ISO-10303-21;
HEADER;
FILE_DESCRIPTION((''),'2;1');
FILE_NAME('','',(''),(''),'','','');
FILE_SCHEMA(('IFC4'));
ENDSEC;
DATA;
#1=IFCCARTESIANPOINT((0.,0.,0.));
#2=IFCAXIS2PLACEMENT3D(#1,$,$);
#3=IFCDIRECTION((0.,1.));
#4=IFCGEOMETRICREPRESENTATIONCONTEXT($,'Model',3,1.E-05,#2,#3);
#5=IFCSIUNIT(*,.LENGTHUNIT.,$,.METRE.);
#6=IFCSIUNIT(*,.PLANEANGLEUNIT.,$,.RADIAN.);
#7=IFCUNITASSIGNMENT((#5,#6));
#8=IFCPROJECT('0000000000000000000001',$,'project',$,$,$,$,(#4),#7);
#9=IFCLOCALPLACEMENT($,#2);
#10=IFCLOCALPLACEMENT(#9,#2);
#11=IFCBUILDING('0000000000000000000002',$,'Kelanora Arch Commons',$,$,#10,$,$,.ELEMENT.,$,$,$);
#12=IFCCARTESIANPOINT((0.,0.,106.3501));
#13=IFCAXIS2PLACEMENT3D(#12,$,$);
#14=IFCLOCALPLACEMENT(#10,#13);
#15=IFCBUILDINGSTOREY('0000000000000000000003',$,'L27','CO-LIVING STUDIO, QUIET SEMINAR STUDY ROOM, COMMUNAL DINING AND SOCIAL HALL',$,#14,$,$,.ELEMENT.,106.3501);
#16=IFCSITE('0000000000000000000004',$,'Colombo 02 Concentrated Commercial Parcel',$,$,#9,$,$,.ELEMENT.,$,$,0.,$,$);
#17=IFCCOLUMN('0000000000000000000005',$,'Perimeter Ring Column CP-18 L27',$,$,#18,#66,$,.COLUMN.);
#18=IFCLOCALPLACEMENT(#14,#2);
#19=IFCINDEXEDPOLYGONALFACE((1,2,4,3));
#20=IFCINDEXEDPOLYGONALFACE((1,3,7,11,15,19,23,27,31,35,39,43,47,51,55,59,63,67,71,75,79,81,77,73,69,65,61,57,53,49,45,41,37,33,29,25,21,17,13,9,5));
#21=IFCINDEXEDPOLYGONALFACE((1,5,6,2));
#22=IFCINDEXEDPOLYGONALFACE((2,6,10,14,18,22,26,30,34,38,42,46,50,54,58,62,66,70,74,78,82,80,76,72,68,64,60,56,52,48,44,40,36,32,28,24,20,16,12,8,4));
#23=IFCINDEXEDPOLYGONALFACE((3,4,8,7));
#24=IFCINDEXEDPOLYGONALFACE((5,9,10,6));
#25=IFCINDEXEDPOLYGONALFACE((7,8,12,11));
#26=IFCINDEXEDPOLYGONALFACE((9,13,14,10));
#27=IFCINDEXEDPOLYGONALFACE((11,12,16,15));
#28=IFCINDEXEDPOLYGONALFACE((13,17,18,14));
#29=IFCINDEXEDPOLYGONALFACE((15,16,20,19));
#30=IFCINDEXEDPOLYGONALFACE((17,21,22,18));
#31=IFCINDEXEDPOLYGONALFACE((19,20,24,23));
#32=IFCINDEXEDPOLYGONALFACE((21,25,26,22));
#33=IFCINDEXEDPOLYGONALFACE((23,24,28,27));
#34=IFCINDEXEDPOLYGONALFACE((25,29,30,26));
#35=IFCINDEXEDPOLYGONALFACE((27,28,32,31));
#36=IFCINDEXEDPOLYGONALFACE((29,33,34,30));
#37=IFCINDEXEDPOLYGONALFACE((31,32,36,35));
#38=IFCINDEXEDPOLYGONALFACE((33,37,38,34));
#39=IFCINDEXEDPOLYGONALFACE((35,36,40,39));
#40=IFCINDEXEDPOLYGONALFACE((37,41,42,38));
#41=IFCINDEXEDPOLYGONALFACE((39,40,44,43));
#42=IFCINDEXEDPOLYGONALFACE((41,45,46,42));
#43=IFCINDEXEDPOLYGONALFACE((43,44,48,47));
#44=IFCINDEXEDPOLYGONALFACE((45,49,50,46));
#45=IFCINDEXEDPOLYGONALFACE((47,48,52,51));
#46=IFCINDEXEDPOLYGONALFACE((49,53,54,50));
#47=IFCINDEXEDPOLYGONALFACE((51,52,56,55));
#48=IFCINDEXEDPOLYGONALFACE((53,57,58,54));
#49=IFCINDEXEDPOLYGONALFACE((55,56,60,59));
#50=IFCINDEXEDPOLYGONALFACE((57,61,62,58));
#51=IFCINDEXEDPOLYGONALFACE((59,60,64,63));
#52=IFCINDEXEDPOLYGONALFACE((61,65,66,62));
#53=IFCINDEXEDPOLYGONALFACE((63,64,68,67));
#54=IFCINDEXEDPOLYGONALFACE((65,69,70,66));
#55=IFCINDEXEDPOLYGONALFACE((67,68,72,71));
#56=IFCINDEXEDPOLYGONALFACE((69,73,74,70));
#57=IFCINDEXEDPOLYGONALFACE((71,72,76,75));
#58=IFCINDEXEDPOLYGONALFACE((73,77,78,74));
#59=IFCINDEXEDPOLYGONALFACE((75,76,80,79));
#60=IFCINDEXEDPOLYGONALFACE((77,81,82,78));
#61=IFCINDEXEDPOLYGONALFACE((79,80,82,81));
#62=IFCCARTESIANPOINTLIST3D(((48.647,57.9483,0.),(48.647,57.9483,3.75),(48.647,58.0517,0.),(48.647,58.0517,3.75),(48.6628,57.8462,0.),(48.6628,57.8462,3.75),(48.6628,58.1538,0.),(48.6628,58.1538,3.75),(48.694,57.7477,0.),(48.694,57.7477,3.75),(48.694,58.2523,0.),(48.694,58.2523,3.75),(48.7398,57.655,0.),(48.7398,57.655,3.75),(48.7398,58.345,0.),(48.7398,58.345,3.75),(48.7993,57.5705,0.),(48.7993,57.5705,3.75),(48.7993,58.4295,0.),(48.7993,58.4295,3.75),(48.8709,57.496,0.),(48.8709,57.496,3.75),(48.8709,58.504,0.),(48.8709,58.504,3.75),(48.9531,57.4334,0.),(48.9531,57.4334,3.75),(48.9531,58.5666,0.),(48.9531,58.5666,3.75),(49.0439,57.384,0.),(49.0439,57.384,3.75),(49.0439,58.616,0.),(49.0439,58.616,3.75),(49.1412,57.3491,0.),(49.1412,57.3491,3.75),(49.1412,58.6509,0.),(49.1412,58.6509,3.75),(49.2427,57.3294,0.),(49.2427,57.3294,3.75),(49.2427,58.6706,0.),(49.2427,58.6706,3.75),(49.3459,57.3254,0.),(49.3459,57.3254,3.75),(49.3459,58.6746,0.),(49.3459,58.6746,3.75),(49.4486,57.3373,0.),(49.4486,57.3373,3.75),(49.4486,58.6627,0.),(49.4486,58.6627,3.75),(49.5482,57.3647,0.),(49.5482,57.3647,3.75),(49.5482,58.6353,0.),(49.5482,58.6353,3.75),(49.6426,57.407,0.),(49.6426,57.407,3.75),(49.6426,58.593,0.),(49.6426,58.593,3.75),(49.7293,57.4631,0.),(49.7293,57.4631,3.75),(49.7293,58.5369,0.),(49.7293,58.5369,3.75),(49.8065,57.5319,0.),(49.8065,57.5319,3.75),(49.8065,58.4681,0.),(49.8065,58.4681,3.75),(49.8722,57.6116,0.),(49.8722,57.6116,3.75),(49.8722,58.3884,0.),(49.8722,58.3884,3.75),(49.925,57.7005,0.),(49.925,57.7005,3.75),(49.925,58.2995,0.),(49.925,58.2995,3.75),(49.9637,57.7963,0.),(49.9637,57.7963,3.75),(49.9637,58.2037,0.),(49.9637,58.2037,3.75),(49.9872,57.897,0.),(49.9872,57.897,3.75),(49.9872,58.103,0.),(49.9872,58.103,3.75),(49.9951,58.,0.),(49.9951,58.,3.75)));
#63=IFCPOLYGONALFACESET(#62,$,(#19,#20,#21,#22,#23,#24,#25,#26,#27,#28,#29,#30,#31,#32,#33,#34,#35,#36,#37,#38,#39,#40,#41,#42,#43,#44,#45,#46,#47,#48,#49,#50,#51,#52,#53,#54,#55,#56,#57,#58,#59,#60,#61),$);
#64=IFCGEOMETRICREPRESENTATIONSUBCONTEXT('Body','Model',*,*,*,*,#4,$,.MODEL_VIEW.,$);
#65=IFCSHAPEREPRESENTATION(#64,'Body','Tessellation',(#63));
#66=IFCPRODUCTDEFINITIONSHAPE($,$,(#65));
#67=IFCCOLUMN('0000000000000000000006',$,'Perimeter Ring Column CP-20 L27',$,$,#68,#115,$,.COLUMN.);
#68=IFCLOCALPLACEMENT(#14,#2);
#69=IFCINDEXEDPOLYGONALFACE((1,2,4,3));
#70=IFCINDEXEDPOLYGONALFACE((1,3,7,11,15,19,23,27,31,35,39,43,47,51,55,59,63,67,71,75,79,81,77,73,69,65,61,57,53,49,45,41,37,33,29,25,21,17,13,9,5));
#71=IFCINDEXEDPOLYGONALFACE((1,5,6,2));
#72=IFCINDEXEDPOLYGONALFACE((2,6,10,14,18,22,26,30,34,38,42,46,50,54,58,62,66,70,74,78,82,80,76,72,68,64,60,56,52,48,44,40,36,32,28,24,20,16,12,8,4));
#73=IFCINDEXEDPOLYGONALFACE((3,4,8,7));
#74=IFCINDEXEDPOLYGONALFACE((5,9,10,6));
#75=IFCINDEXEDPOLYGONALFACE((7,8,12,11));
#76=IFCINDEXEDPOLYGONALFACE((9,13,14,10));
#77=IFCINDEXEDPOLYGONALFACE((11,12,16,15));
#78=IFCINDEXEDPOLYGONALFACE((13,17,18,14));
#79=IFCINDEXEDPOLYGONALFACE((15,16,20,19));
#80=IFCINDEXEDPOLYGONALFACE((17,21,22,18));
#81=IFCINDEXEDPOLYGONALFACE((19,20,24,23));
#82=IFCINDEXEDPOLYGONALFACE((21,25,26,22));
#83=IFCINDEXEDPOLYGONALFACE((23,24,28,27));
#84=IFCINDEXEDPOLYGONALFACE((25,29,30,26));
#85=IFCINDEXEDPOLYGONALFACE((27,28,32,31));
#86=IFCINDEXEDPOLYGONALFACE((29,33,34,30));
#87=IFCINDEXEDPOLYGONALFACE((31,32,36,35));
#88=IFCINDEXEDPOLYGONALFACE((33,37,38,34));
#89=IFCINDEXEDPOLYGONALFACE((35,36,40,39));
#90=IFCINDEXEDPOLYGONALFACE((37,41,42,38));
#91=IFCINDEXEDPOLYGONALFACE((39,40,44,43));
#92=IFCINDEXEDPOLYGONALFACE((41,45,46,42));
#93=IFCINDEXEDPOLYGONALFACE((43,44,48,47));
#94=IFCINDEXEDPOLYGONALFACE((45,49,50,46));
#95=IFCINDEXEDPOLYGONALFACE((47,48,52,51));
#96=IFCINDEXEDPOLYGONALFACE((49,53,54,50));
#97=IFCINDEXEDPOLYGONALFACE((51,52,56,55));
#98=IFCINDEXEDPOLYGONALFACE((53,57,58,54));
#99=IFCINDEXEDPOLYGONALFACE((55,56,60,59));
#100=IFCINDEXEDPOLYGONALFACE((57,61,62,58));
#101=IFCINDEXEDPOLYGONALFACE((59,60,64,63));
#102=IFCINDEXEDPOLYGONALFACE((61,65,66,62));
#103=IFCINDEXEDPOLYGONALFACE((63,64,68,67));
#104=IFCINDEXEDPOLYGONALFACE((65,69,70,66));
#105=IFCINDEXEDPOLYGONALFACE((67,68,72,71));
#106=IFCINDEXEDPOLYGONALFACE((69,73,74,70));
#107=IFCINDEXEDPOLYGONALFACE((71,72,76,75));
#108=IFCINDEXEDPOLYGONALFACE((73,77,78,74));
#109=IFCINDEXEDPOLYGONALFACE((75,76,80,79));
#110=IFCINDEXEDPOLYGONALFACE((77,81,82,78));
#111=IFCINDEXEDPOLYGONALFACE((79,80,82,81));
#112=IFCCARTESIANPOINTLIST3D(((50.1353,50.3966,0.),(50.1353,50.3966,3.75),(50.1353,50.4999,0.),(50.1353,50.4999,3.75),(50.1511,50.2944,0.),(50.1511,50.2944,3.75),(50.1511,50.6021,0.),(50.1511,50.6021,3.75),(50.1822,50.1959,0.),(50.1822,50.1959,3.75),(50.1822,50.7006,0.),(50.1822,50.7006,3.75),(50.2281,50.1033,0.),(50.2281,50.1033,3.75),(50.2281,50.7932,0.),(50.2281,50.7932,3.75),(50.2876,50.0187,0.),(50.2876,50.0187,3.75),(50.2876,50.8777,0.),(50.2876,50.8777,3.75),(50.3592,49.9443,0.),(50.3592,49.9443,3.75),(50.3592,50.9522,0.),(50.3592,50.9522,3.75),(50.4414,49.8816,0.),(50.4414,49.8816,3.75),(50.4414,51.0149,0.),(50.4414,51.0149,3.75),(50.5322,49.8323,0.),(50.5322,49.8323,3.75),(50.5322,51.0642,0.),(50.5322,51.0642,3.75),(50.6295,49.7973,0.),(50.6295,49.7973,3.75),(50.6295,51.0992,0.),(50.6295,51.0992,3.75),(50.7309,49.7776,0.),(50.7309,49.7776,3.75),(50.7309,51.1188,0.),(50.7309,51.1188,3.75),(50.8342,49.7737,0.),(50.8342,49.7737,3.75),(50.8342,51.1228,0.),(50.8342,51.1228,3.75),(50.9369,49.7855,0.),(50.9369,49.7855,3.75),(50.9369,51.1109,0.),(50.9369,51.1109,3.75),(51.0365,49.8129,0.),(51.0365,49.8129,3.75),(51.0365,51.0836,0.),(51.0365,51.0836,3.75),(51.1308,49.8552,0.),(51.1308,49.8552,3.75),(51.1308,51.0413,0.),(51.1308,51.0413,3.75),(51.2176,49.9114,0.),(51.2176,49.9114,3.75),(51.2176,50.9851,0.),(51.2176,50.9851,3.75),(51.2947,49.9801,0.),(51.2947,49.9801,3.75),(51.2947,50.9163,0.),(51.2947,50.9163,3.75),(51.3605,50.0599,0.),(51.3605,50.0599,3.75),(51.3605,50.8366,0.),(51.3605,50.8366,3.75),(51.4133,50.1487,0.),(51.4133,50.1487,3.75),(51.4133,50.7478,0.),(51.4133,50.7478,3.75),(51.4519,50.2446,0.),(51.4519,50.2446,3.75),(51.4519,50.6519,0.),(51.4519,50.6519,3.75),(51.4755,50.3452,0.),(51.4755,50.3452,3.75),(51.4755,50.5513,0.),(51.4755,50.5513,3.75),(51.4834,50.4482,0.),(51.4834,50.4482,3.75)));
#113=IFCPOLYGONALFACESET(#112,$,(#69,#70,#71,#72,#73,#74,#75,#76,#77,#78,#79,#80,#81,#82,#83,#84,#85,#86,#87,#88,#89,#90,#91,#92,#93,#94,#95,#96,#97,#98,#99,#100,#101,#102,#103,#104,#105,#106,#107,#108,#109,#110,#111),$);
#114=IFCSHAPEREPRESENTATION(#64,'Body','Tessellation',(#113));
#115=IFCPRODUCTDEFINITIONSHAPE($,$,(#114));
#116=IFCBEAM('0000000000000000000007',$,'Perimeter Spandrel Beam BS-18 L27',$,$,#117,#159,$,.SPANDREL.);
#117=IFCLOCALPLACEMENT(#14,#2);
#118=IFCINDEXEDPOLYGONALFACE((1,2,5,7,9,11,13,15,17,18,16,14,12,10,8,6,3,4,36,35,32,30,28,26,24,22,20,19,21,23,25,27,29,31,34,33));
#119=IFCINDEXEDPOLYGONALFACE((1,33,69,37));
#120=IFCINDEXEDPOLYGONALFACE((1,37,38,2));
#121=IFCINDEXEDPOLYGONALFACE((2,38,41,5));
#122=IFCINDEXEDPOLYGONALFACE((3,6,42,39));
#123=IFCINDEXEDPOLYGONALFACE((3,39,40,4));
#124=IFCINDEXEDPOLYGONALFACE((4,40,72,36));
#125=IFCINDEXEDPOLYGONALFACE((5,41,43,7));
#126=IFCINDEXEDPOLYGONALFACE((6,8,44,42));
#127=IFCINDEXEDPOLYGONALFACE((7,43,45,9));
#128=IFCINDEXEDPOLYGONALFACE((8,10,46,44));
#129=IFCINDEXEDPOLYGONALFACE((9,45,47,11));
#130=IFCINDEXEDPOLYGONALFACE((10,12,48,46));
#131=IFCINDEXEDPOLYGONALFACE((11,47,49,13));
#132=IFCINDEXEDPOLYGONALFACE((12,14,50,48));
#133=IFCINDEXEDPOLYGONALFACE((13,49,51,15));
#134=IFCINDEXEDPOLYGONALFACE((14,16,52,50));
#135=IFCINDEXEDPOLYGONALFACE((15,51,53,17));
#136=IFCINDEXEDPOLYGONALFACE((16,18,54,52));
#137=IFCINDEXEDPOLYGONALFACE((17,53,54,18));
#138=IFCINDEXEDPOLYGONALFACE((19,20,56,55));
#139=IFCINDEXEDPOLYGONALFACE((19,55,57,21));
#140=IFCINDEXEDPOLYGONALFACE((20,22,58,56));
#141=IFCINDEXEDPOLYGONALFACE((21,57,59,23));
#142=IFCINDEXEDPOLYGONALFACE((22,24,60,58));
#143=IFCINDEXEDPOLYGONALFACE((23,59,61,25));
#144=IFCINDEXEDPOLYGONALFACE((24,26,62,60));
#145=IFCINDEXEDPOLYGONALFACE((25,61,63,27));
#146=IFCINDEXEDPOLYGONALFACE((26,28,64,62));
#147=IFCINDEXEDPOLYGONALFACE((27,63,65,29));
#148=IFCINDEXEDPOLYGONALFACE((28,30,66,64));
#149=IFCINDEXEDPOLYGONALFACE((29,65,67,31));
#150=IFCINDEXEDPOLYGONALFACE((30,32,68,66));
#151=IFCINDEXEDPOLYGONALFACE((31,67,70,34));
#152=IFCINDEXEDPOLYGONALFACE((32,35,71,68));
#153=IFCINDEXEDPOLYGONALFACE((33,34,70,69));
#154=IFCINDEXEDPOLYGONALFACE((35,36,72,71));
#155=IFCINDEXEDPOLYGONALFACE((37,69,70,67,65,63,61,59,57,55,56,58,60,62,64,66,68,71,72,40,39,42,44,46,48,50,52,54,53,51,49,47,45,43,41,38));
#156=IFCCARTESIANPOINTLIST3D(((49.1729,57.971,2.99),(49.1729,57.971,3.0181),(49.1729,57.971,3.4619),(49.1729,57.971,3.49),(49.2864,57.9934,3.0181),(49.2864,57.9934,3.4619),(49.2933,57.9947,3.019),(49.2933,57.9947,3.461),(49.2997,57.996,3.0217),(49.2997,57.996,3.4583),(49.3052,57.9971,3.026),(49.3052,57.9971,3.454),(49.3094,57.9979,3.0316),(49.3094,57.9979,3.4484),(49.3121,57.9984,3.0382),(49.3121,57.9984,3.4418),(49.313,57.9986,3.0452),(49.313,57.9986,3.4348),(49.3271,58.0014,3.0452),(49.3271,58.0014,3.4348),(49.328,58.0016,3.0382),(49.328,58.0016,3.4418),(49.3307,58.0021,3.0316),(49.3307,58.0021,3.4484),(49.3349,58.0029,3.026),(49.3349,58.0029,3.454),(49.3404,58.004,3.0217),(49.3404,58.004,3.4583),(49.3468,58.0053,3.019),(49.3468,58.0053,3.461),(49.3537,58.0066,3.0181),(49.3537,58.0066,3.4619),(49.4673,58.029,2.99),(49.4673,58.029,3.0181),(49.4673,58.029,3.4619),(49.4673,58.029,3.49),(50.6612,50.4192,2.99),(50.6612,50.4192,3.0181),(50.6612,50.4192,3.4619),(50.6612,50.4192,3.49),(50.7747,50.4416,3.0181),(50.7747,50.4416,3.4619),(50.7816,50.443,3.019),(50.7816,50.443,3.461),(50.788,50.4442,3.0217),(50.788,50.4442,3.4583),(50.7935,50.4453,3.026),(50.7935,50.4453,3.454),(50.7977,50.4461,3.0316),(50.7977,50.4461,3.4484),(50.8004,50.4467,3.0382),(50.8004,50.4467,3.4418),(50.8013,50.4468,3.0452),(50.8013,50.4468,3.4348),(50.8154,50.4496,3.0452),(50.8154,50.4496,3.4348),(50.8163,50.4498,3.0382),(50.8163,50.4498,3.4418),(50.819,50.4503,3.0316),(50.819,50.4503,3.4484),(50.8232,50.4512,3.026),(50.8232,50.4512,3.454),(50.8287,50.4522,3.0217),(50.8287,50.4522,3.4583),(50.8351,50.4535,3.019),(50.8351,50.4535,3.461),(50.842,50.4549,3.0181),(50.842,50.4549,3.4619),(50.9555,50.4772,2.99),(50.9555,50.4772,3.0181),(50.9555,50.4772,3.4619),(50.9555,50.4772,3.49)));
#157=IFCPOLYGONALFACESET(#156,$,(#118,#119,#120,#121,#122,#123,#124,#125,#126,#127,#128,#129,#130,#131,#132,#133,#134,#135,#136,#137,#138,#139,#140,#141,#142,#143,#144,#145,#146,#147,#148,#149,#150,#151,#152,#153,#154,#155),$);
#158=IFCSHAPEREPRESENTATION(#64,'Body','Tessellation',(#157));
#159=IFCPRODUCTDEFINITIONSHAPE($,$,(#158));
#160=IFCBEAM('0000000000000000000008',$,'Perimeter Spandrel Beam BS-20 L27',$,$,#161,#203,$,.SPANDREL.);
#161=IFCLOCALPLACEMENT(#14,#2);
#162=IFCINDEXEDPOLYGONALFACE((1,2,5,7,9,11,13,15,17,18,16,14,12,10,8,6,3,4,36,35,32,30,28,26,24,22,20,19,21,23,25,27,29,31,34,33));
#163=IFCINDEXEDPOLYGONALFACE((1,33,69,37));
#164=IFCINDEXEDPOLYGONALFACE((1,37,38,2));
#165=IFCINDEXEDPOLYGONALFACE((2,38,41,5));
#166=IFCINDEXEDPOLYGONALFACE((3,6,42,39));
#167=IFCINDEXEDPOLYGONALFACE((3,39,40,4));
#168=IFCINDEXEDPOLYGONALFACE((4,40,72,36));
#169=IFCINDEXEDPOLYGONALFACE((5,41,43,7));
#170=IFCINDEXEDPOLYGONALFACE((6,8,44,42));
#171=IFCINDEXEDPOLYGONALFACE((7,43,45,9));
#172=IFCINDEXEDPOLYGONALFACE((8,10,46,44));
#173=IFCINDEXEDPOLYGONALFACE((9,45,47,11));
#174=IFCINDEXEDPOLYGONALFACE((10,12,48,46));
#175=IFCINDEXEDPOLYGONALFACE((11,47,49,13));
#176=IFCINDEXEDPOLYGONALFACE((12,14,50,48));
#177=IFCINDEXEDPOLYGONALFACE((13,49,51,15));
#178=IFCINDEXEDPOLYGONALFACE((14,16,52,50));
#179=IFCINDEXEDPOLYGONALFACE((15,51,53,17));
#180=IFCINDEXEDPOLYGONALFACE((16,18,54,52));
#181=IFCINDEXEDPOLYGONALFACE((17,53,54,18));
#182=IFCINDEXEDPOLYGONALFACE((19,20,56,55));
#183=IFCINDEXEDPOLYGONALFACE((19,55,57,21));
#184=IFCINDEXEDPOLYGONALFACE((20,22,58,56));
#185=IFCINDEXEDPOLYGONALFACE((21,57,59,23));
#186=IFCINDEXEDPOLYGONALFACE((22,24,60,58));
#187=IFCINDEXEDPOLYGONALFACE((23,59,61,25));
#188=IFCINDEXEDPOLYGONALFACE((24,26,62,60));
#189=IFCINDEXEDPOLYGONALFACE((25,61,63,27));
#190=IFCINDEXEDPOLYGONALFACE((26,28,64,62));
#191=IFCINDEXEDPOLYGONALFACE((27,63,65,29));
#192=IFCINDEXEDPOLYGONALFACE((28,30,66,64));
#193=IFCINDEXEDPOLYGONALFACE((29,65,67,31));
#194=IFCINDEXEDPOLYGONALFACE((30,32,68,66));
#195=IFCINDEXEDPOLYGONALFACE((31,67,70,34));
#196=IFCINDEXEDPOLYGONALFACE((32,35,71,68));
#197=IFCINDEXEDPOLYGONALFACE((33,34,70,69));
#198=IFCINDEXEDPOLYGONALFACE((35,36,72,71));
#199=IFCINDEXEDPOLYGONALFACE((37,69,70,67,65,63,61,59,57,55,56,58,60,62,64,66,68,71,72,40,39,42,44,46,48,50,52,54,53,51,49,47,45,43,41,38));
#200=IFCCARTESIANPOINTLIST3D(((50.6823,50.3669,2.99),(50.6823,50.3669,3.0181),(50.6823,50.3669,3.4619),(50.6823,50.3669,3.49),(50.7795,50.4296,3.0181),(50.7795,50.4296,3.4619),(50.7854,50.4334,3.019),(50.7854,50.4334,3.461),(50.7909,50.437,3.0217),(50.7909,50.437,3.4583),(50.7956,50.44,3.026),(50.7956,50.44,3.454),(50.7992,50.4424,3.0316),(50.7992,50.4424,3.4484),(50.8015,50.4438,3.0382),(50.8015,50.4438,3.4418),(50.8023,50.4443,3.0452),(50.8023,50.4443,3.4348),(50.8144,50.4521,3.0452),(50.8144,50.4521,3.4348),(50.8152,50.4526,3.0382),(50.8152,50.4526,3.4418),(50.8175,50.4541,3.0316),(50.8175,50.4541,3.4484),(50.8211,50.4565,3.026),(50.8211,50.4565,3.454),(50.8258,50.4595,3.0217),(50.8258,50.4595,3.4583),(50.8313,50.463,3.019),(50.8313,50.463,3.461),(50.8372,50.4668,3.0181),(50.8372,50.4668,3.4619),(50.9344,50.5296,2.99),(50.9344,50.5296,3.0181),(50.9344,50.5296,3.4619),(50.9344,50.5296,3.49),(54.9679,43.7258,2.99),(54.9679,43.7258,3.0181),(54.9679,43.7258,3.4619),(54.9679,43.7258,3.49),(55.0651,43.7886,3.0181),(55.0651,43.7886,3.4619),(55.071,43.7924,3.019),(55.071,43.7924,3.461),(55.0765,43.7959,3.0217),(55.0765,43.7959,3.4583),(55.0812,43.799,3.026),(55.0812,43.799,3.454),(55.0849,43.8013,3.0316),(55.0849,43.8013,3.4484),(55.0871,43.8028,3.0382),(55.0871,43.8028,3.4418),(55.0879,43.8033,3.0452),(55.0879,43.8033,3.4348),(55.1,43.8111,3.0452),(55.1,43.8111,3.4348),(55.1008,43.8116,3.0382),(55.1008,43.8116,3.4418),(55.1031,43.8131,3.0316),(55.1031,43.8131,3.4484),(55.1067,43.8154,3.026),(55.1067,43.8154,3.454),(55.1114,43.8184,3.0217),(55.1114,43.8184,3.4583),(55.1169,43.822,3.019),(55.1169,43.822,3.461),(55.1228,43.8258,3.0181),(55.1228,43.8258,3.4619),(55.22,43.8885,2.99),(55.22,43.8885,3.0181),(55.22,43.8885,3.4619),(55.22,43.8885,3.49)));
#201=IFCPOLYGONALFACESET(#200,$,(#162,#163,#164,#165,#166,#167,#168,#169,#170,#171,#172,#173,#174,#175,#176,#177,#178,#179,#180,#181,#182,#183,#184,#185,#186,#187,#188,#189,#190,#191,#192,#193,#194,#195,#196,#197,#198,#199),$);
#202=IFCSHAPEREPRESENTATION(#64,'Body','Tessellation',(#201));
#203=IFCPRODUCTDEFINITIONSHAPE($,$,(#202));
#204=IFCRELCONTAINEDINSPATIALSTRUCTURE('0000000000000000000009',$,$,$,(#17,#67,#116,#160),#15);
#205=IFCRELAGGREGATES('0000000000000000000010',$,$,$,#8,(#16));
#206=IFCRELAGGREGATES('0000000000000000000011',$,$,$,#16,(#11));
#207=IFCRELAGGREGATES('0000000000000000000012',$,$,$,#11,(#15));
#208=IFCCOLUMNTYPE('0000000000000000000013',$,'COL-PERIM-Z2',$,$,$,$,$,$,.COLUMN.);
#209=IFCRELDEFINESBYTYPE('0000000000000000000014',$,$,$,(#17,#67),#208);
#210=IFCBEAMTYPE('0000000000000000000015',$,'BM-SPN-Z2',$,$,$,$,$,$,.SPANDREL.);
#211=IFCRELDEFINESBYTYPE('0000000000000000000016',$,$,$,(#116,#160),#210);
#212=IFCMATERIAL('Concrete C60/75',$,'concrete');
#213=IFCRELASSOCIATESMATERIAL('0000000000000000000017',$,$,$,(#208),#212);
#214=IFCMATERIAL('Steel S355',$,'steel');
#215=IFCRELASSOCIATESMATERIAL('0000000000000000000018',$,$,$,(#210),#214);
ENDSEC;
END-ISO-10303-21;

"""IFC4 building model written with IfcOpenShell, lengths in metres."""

from ifc_helpers import new_model, si_unit, direction, frame, origin, origin_2d, place, context, subcontext, project, spatial, circle, i_section, extrude, material, material_profile, profile_set, type_object, element, save


model = new_model("IFC4")

# Units and contexts
model_context = context("Model", 3, precision=1e-05, world=origin(), true_north=direction((0.0, 1.0)))
body_context = subcontext(model_context, "Body", "Model", "MODEL_VIEW")
ifc_project = project(units=[si_unit("LENGTHUNIT", "METRE"), si_unit("PLANEANGLEUNIT", "RADIAN")], contexts=[model_context])

# Site, building, storey
site_placement = place(None, origin())
site = spatial("IfcSite", under=ifc_project, at=site_placement, Name="Colombo 02 Concentrated Commercial Parcel", CompositionType="ELEMENT", RefElevation=0.0)
building_placement = place(site_placement, origin())
building = spatial("IfcBuilding", under=site, at=building_placement, Name="Kelanora Arch Commons", CompositionType="ELEMENT")
storey_placement = place(building_placement, frame((0.0, 0.0, 106.3501)))
storey = spatial("IfcBuildingStorey", under=building, at=storey_placement, Name="L27", Description="CO-LIVING STUDIO, QUIET SEMINAR STUDY ROOM, COMMUNAL DINING AND SOCIAL HALL", CompositionType="ELEMENT", Elevation=106.3501)

# Columns
ifc_material_1 = material(Name="Concrete C60/75", Category="concrete")
ifc_material_profile_1 = material_profile(ifc_material_1, circle(Radius=0.675, at=origin_2d()), Name="RCC1350")
ifc_profile_set_1 = profile_set([ifc_material_profile_1], Name="Concrete C60/75")
column_type = type_object("IfcColumnType", Name="COL-PERIM-Z2", PredefinedType="COLUMN", material=ifc_profile_set_1)
for number, where, z_axis, x_axis, name in (
    (1, (49.3201, 58.0, 0.0), (0.0, 0.0, 1.0), (1.0, 0.0, 0.0), "Perimeter Ring Column CP-18 L27"),
    (2, (50.8083, 50.4482, 0.0), (0.0, 0.0, 1.0), (1.0, 0.0, 0.0), "Perimeter Ring Column CP-20 L27"),
):
    element("IfcColumn", number, at=place(storey_placement, frame(where, z_axis=z_axis, x_axis=x_axis)), inside=storey, type_object=column_type, Name=name, PredefinedType="COLUMN", context=body_context, shape_type="SweptSolid", body=[
        extrude(circle(Radius=0.675, at=origin_2d()), origin(), (0.0, 0.0, 1.0), 3.75),
    ])

# Beams
ifc_material_2 = material(Name="Steel S355", Category="steel")
ifc_material_profile_2 = material_profile(ifc_material_2, i_section(OverallWidth=0.3, OverallDepth=0.5, WebThickness=0.0144, FlangeThickness=0.0281, FilletRadius=0.0271, at=origin_2d()), Name="HEB500")
ifc_profile_set_2 = profile_set([ifc_material_profile_2], Name="Steel S355")
beam_type = type_object("IfcBeamType", Name="BM-SPN-Z2", PredefinedType="SPANDREL", material=ifc_profile_set_2)
beam_1_placement = place(storey_placement, frame((49.3201, 58.0, 3.24), z_axis=(0.193358, -0.981128, 0.0), x_axis=(0.981128, 0.193358, 0.0)))
element("IfcBeam", 3, at=beam_1_placement, inside=storey, type_object=beam_type, Name="Perimeter Spandrel Beam BS-18 L27", PredefinedType="SPANDREL", context=body_context, shape_type="SweptSolid", body=[
    extrude(i_section(OverallWidth=0.3, OverallDepth=0.5, WebThickness=0.0144, FlangeThickness=0.0281, FilletRadius=0.0271, at=origin_2d()), origin(), (0.0, 0.0, 1.0), 7.697),
])
beam_2_placement = place(storey_placement, frame((50.8083, 50.4482, 3.24), z_axis=(0.542221, -0.840236, 0.0), x_axis=(0.840236, 0.542221, 0.0)))
element("IfcBeam", 4, at=beam_2_placement, inside=storey, type_object=beam_type, Name="Perimeter Spandrel Beam BS-20 L27", PredefinedType="SPANDREL", context=body_context, shape_type="SweptSolid", body=[
    extrude(i_section(OverallWidth=0.3, OverallDepth=0.5, WebThickness=0.0144, FlangeThickness=0.0281, FilletRadius=0.0271, at=origin_2d()), origin(), (0.0, 0.0, 1.0), 7.9038),
])

save(model, "model.ifc")
